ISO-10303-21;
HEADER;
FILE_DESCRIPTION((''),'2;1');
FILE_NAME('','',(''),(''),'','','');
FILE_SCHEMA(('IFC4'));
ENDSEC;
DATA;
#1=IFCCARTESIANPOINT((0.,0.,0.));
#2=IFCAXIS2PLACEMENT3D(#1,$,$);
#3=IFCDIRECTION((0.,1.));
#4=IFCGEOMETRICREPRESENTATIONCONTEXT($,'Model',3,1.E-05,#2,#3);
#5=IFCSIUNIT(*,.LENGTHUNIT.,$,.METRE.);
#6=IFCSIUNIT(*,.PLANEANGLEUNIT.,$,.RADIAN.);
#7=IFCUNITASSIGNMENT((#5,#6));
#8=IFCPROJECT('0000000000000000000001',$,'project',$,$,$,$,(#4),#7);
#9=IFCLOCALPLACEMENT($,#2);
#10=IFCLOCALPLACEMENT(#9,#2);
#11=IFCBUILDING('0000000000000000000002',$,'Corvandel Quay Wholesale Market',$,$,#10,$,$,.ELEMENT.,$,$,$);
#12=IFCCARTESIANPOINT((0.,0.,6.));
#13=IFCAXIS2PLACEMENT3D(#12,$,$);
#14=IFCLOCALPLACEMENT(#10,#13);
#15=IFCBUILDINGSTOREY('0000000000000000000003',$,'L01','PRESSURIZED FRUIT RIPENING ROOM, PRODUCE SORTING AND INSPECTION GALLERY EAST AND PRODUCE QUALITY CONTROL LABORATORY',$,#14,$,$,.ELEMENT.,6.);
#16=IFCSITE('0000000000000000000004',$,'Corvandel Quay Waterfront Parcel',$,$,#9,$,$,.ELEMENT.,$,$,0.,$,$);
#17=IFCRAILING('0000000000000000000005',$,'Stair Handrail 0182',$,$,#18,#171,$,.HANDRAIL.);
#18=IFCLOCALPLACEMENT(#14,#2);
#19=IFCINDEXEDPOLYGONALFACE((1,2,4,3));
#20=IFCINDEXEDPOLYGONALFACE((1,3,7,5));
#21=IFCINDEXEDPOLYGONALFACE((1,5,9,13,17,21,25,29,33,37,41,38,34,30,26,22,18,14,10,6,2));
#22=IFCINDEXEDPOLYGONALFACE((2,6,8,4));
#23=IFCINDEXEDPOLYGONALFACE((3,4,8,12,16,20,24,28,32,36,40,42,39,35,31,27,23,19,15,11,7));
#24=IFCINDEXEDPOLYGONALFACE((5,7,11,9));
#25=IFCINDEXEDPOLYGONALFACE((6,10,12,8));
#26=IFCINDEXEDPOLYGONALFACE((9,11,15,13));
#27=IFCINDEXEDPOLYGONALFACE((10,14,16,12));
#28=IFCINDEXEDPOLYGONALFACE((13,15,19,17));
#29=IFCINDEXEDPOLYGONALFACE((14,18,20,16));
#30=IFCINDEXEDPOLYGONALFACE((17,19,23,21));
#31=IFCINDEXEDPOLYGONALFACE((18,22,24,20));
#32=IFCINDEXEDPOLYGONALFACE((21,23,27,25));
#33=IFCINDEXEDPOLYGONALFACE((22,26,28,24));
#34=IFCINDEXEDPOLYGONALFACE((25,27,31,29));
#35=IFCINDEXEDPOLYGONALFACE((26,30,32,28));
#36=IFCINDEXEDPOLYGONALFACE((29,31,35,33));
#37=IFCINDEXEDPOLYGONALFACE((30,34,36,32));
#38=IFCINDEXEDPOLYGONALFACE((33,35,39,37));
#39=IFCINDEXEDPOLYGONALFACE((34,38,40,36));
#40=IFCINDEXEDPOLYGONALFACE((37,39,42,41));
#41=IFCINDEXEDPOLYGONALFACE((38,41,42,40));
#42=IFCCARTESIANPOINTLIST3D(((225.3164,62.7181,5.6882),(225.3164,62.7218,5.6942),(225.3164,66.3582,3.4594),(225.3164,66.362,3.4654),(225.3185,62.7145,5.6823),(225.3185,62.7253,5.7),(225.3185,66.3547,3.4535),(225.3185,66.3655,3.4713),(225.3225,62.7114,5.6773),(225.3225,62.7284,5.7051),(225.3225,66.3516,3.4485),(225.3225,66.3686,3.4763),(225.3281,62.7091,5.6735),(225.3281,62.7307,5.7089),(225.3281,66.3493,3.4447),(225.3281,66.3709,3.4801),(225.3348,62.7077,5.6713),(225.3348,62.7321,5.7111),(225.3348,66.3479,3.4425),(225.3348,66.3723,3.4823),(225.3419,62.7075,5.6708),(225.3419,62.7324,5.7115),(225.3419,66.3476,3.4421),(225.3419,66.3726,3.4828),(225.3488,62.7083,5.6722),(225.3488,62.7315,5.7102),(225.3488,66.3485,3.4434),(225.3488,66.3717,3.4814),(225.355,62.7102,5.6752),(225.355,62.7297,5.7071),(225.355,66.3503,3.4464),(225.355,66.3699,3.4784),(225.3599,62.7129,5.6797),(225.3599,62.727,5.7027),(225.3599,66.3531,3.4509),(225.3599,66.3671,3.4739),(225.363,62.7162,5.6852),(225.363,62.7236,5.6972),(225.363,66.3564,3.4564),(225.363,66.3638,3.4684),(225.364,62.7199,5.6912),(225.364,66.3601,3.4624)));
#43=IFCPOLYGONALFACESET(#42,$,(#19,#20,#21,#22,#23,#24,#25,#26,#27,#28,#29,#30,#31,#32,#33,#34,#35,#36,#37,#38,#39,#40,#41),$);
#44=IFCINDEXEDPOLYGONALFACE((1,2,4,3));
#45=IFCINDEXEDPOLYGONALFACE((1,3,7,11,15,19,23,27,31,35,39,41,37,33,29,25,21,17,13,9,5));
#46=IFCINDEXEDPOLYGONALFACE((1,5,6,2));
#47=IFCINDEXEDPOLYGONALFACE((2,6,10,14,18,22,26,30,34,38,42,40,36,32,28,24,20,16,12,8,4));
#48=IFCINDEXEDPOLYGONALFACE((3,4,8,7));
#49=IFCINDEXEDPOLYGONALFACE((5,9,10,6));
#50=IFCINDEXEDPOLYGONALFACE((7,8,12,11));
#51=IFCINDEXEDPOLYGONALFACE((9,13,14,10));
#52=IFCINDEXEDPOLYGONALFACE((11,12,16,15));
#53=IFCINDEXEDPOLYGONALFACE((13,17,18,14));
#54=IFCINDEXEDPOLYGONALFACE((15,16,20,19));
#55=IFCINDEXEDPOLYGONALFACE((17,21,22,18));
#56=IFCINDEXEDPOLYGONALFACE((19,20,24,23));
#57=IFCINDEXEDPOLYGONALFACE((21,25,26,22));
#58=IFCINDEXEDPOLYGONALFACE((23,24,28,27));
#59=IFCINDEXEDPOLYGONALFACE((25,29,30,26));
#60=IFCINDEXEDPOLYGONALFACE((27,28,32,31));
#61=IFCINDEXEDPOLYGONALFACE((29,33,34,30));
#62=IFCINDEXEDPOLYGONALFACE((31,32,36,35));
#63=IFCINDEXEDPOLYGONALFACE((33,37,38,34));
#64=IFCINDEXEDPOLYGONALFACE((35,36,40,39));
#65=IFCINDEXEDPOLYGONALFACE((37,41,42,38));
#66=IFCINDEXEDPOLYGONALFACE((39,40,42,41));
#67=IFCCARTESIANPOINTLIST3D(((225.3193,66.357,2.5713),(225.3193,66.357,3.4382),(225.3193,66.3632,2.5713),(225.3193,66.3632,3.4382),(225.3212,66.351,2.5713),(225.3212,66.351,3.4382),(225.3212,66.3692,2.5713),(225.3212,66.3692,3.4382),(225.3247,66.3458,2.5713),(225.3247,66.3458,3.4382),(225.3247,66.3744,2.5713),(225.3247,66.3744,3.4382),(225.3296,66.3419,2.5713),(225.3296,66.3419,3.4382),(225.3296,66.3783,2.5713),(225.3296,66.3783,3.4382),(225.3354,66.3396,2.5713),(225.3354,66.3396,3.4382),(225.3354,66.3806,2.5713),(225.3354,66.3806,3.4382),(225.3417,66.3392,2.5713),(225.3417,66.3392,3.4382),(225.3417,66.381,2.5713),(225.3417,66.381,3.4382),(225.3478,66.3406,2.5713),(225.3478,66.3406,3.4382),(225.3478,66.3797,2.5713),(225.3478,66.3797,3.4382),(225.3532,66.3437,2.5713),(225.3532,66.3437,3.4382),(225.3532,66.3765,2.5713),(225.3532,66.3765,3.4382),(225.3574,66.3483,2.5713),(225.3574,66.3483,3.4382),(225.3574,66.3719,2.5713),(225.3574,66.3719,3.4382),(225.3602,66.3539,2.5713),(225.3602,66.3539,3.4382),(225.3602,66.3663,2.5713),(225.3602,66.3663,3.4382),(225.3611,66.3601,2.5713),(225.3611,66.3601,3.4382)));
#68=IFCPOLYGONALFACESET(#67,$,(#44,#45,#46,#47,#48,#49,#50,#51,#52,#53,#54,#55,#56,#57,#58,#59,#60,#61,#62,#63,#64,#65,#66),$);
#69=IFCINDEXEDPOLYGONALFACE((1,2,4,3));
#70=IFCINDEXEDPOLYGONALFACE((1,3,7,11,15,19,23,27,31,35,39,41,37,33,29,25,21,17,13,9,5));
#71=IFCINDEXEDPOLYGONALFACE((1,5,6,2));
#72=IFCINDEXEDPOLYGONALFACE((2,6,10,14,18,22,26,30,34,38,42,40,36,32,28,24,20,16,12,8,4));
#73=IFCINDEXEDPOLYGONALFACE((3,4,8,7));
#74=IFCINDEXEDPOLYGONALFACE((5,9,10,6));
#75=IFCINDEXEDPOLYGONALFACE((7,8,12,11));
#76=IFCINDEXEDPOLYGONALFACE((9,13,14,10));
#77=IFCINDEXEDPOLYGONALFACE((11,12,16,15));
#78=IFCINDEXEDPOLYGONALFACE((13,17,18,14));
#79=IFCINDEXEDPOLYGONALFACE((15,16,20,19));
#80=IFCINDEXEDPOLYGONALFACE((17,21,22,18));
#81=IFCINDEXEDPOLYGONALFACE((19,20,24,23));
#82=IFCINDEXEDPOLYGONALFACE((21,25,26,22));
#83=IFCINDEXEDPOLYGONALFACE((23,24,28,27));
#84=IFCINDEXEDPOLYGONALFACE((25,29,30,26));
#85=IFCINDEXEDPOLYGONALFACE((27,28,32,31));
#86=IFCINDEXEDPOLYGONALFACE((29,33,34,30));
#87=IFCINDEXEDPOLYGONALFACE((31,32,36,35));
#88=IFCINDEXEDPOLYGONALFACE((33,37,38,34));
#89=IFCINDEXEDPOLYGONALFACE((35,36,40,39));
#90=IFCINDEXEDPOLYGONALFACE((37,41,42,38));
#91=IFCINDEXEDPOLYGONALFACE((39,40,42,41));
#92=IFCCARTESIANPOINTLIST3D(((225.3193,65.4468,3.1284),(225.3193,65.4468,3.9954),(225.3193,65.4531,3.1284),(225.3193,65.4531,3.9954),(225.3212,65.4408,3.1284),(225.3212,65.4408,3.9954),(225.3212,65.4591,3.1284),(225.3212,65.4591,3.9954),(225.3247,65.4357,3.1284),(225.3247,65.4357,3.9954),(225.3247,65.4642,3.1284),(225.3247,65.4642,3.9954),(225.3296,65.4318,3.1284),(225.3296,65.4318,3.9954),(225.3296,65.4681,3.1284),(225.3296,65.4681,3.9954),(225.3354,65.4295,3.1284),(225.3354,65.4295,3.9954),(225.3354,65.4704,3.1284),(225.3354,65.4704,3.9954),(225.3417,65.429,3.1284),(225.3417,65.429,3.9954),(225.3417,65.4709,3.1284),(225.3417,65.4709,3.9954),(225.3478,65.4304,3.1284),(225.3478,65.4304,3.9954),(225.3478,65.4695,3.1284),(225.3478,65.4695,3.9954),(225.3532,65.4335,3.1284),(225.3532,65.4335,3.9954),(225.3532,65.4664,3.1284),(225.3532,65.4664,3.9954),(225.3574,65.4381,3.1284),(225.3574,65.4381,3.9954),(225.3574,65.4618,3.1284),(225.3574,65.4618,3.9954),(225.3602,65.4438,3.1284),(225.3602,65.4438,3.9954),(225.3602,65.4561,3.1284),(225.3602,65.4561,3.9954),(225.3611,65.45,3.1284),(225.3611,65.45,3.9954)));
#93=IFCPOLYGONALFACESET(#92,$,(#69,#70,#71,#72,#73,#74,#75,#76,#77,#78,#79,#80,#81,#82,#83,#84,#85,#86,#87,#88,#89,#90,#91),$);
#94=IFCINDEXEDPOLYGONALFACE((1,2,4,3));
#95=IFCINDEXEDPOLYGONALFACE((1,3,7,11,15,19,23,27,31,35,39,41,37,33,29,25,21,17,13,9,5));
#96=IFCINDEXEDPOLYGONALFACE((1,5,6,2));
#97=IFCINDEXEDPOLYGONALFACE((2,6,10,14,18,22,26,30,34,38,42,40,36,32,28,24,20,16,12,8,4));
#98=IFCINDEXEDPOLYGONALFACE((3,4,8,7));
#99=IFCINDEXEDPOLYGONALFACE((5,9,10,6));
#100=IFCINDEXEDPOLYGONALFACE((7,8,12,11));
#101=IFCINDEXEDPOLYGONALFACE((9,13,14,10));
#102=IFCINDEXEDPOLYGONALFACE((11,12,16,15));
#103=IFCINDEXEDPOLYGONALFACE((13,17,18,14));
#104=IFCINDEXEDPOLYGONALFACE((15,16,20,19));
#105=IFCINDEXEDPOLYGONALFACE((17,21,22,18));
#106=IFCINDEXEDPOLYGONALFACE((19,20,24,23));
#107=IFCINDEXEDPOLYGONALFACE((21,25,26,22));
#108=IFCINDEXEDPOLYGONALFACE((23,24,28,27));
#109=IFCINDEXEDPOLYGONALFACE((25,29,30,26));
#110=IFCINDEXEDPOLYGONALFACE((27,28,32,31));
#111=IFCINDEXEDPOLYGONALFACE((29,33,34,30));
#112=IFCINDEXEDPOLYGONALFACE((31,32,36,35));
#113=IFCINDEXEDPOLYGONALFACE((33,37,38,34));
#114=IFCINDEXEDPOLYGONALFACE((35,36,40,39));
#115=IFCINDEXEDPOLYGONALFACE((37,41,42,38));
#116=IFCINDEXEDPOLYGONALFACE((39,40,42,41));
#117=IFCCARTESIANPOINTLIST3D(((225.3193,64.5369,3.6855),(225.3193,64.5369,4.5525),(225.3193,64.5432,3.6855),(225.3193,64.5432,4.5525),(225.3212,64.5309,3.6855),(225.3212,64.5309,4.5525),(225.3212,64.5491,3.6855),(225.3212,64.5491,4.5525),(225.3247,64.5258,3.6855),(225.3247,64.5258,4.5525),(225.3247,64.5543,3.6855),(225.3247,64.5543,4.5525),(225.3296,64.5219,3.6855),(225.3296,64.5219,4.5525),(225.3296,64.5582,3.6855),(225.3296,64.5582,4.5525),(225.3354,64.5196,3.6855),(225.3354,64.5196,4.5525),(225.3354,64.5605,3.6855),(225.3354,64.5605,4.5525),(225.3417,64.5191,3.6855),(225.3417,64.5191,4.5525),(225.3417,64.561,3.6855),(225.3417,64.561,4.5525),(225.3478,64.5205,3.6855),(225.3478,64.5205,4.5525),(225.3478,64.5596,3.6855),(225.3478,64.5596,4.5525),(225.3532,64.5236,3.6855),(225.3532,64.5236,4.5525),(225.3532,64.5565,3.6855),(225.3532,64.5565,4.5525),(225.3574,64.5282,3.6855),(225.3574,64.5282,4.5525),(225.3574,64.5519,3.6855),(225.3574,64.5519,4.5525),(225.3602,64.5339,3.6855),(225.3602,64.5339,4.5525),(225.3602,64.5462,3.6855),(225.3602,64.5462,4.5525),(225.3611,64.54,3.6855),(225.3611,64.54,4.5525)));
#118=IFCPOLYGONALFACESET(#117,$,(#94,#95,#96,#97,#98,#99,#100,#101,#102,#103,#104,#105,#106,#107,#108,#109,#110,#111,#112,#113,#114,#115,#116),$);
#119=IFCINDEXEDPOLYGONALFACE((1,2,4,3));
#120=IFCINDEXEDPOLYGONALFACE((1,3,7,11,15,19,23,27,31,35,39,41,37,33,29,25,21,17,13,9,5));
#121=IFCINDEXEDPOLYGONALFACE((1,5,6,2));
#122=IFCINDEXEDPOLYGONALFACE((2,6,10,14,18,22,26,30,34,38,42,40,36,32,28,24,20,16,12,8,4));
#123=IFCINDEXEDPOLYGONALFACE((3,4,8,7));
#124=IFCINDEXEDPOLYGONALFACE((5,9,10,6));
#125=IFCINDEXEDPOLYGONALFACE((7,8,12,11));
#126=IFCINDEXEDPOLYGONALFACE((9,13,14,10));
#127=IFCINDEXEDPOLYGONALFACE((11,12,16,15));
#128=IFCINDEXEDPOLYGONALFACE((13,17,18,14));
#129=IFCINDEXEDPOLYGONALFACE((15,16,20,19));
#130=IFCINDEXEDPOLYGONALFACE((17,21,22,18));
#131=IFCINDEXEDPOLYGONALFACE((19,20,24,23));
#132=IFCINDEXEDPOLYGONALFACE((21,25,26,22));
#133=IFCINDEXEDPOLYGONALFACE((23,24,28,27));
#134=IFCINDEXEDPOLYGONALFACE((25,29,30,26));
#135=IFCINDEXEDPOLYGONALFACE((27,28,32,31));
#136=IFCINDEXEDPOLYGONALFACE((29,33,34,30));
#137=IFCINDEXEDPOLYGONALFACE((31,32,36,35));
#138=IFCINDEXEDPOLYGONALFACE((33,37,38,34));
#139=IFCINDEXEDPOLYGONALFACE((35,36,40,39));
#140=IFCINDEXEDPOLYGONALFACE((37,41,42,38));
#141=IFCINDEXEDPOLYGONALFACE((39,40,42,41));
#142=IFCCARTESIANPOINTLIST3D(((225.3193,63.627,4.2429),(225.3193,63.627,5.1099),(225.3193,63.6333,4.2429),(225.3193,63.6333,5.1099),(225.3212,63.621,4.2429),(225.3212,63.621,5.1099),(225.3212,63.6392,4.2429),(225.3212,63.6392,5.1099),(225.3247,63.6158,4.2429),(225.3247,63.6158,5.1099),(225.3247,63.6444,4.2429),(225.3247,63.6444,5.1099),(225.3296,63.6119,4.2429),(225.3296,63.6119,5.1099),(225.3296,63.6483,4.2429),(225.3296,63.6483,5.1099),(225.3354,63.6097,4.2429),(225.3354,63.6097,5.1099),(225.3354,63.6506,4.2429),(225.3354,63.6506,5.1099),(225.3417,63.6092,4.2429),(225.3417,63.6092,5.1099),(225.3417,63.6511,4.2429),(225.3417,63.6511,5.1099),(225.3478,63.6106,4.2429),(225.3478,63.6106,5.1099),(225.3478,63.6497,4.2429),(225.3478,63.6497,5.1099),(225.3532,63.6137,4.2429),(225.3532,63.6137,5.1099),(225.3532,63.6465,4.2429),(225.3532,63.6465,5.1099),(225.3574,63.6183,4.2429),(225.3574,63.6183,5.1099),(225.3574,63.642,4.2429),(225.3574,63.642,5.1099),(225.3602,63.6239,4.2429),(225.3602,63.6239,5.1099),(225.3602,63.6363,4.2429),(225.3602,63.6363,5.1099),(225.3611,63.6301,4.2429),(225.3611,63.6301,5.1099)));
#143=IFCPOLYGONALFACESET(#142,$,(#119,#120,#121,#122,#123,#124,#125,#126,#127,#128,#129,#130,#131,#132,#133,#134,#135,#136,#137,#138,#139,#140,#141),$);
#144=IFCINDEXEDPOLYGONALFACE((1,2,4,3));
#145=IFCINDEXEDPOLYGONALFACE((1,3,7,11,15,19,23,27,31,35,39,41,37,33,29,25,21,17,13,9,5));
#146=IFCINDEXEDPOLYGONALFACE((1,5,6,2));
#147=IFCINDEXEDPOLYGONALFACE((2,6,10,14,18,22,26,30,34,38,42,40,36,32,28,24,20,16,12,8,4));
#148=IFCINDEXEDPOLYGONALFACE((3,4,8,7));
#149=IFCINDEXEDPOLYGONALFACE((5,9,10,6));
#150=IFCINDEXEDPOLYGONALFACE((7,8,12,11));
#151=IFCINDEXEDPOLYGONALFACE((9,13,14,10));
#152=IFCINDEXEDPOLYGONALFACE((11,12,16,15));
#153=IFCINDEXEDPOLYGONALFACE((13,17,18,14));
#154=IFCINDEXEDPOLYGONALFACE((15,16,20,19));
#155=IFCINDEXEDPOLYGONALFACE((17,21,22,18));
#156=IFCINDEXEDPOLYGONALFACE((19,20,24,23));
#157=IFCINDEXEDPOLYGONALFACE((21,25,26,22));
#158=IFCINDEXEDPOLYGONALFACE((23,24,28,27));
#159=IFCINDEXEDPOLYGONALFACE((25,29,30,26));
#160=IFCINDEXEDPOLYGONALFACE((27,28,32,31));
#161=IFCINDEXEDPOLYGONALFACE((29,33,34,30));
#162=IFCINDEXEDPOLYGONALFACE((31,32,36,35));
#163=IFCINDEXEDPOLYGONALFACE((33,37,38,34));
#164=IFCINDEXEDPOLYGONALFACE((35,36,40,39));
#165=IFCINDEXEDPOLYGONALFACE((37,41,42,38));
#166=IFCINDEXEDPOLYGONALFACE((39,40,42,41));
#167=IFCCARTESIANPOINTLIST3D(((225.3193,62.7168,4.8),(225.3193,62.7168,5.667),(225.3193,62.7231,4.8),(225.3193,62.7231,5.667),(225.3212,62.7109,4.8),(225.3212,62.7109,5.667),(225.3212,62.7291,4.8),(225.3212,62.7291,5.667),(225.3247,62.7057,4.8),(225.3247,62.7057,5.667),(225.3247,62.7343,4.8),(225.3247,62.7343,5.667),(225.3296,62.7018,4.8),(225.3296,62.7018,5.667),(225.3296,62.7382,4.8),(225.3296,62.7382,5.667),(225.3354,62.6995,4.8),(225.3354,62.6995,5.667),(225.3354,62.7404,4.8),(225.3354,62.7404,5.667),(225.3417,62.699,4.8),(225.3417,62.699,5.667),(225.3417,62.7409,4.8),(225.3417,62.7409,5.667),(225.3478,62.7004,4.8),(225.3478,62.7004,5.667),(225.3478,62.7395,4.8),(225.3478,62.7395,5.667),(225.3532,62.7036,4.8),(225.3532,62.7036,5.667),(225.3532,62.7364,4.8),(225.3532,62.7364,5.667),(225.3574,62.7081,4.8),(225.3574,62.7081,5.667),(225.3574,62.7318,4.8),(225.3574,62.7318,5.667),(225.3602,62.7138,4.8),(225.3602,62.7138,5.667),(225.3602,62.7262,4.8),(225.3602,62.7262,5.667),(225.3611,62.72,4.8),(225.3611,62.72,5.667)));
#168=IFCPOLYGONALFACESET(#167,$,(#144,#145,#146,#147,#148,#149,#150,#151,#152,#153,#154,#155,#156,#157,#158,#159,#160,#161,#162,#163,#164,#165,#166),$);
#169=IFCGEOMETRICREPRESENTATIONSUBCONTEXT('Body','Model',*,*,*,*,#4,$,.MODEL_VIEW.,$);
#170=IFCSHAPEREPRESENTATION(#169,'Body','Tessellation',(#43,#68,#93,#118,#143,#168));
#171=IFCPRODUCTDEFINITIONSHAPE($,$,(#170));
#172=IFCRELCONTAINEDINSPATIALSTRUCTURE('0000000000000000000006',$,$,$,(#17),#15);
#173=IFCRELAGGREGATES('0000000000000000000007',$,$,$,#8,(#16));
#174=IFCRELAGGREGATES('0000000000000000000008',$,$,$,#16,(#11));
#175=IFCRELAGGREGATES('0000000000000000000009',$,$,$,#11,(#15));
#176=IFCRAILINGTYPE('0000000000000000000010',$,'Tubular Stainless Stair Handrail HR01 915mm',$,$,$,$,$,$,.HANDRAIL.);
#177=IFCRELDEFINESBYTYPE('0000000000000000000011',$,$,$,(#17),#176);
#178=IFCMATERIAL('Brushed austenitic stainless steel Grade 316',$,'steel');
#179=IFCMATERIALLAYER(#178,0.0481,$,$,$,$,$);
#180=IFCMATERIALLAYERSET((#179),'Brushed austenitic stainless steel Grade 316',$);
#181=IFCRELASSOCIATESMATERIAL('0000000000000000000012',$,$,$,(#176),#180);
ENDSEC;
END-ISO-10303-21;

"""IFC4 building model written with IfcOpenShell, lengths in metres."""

from ifc_helpers import new_model, si_unit, direction, frame, origin, origin_2d, place, context, subcontext, project, spatial, circle, extrude, material, layer, layer_set, type_object, element, save


model = new_model("IFC4")

# Units and contexts
model_context = context("Model", 3, precision=1e-05, world=origin(), true_north=direction((0.0, 1.0)))
body_context = subcontext(model_context, "Body", "Model", "MODEL_VIEW")
ifc_project = project(units=[si_unit("LENGTHUNIT", "METRE"), si_unit("PLANEANGLEUNIT", "RADIAN")], contexts=[model_context])

# Site, building, storey
site_placement = place(None, origin())
site = spatial("IfcSite", under=ifc_project, at=site_placement, Name="Corvandel Quay Waterfront Parcel", CompositionType="ELEMENT", RefElevation=0.0)
building_placement = place(site_placement, origin())
building = spatial("IfcBuilding", under=site, at=building_placement, Name="Corvandel Quay Wholesale Market", CompositionType="ELEMENT")
storey_placement = place(building_placement, frame((0.0, 0.0, 6.0)))
storey = spatial("IfcBuildingStorey", under=building, at=storey_placement, Name="L01", Description="PRESSURIZED FRUIT RIPENING ROOM, PRODUCE SORTING AND INSPECTION GALLERY EAST AND PRODUCE QUALITY CONTROL LABORATORY", CompositionType="ELEMENT", Elevation=6.0)

# Railing
ifc_material_1 = material(Name="Brushed austenitic stainless steel Grade 316", Category="steel")
ifc_layer_1 = layer(ifc_material_1, 0.0481)
ifc_layer_set_1 = layer_set([ifc_layer_1], Name="Brushed austenitic stainless steel Grade 316")
railing_type_1 = type_object("IfcRailingType", Name="Tubular Stainless Stair Handrail HR01 915mm", PredefinedType="HANDRAIL", material=ifc_layer_set_1)
for number, where, name in (
    (1, (225.3401, 66.3601, 2.5713), "Stair Handrail 0182"),
):
    element("IfcRailing", number, at=place(storey_placement, frame(where)), inside=storey, type_object=railing_type_1, Name=name, PredefinedType="HANDRAIL", context=body_context, shape_type="SweptSolid", body=[
        extrude(circle(Radius=0.0239, at=origin_2d()), frame((0.0, 0.0, 0.8911), z_axis=(0.0, -0.85284, 0.522172), x_axis=(1.0, 0.0, 0.0)), (0.0, 0.0, 1.0), 4.2683),
        extrude(circle(Radius=0.021, at=origin_2d()), origin(), (0.0, 0.0, 1.0), 0.8669),
        extrude(circle(Radius=0.021, at=origin_2d()), frame((0.0, -0.9102, 0.5571)), (0.0, 0.0, 1.0), 0.8669),
        extrude(circle(Radius=0.021, at=origin_2d()), frame((0.0, -1.8201, 1.1143)), (0.0, 0.0, 1.0), 0.8669),
        extrude(circle(Radius=0.021, at=origin_2d()), frame((0.0, -2.73, 1.6716)), (0.0, 0.0, 1.0), 0.8669),
        extrude(circle(Radius=0.021, at=origin_2d()), frame((0.0, -3.6401, 2.2288)), (0.0, 0.0, 1.0), 0.8669),
    ])

save(model, "model.ifc")
